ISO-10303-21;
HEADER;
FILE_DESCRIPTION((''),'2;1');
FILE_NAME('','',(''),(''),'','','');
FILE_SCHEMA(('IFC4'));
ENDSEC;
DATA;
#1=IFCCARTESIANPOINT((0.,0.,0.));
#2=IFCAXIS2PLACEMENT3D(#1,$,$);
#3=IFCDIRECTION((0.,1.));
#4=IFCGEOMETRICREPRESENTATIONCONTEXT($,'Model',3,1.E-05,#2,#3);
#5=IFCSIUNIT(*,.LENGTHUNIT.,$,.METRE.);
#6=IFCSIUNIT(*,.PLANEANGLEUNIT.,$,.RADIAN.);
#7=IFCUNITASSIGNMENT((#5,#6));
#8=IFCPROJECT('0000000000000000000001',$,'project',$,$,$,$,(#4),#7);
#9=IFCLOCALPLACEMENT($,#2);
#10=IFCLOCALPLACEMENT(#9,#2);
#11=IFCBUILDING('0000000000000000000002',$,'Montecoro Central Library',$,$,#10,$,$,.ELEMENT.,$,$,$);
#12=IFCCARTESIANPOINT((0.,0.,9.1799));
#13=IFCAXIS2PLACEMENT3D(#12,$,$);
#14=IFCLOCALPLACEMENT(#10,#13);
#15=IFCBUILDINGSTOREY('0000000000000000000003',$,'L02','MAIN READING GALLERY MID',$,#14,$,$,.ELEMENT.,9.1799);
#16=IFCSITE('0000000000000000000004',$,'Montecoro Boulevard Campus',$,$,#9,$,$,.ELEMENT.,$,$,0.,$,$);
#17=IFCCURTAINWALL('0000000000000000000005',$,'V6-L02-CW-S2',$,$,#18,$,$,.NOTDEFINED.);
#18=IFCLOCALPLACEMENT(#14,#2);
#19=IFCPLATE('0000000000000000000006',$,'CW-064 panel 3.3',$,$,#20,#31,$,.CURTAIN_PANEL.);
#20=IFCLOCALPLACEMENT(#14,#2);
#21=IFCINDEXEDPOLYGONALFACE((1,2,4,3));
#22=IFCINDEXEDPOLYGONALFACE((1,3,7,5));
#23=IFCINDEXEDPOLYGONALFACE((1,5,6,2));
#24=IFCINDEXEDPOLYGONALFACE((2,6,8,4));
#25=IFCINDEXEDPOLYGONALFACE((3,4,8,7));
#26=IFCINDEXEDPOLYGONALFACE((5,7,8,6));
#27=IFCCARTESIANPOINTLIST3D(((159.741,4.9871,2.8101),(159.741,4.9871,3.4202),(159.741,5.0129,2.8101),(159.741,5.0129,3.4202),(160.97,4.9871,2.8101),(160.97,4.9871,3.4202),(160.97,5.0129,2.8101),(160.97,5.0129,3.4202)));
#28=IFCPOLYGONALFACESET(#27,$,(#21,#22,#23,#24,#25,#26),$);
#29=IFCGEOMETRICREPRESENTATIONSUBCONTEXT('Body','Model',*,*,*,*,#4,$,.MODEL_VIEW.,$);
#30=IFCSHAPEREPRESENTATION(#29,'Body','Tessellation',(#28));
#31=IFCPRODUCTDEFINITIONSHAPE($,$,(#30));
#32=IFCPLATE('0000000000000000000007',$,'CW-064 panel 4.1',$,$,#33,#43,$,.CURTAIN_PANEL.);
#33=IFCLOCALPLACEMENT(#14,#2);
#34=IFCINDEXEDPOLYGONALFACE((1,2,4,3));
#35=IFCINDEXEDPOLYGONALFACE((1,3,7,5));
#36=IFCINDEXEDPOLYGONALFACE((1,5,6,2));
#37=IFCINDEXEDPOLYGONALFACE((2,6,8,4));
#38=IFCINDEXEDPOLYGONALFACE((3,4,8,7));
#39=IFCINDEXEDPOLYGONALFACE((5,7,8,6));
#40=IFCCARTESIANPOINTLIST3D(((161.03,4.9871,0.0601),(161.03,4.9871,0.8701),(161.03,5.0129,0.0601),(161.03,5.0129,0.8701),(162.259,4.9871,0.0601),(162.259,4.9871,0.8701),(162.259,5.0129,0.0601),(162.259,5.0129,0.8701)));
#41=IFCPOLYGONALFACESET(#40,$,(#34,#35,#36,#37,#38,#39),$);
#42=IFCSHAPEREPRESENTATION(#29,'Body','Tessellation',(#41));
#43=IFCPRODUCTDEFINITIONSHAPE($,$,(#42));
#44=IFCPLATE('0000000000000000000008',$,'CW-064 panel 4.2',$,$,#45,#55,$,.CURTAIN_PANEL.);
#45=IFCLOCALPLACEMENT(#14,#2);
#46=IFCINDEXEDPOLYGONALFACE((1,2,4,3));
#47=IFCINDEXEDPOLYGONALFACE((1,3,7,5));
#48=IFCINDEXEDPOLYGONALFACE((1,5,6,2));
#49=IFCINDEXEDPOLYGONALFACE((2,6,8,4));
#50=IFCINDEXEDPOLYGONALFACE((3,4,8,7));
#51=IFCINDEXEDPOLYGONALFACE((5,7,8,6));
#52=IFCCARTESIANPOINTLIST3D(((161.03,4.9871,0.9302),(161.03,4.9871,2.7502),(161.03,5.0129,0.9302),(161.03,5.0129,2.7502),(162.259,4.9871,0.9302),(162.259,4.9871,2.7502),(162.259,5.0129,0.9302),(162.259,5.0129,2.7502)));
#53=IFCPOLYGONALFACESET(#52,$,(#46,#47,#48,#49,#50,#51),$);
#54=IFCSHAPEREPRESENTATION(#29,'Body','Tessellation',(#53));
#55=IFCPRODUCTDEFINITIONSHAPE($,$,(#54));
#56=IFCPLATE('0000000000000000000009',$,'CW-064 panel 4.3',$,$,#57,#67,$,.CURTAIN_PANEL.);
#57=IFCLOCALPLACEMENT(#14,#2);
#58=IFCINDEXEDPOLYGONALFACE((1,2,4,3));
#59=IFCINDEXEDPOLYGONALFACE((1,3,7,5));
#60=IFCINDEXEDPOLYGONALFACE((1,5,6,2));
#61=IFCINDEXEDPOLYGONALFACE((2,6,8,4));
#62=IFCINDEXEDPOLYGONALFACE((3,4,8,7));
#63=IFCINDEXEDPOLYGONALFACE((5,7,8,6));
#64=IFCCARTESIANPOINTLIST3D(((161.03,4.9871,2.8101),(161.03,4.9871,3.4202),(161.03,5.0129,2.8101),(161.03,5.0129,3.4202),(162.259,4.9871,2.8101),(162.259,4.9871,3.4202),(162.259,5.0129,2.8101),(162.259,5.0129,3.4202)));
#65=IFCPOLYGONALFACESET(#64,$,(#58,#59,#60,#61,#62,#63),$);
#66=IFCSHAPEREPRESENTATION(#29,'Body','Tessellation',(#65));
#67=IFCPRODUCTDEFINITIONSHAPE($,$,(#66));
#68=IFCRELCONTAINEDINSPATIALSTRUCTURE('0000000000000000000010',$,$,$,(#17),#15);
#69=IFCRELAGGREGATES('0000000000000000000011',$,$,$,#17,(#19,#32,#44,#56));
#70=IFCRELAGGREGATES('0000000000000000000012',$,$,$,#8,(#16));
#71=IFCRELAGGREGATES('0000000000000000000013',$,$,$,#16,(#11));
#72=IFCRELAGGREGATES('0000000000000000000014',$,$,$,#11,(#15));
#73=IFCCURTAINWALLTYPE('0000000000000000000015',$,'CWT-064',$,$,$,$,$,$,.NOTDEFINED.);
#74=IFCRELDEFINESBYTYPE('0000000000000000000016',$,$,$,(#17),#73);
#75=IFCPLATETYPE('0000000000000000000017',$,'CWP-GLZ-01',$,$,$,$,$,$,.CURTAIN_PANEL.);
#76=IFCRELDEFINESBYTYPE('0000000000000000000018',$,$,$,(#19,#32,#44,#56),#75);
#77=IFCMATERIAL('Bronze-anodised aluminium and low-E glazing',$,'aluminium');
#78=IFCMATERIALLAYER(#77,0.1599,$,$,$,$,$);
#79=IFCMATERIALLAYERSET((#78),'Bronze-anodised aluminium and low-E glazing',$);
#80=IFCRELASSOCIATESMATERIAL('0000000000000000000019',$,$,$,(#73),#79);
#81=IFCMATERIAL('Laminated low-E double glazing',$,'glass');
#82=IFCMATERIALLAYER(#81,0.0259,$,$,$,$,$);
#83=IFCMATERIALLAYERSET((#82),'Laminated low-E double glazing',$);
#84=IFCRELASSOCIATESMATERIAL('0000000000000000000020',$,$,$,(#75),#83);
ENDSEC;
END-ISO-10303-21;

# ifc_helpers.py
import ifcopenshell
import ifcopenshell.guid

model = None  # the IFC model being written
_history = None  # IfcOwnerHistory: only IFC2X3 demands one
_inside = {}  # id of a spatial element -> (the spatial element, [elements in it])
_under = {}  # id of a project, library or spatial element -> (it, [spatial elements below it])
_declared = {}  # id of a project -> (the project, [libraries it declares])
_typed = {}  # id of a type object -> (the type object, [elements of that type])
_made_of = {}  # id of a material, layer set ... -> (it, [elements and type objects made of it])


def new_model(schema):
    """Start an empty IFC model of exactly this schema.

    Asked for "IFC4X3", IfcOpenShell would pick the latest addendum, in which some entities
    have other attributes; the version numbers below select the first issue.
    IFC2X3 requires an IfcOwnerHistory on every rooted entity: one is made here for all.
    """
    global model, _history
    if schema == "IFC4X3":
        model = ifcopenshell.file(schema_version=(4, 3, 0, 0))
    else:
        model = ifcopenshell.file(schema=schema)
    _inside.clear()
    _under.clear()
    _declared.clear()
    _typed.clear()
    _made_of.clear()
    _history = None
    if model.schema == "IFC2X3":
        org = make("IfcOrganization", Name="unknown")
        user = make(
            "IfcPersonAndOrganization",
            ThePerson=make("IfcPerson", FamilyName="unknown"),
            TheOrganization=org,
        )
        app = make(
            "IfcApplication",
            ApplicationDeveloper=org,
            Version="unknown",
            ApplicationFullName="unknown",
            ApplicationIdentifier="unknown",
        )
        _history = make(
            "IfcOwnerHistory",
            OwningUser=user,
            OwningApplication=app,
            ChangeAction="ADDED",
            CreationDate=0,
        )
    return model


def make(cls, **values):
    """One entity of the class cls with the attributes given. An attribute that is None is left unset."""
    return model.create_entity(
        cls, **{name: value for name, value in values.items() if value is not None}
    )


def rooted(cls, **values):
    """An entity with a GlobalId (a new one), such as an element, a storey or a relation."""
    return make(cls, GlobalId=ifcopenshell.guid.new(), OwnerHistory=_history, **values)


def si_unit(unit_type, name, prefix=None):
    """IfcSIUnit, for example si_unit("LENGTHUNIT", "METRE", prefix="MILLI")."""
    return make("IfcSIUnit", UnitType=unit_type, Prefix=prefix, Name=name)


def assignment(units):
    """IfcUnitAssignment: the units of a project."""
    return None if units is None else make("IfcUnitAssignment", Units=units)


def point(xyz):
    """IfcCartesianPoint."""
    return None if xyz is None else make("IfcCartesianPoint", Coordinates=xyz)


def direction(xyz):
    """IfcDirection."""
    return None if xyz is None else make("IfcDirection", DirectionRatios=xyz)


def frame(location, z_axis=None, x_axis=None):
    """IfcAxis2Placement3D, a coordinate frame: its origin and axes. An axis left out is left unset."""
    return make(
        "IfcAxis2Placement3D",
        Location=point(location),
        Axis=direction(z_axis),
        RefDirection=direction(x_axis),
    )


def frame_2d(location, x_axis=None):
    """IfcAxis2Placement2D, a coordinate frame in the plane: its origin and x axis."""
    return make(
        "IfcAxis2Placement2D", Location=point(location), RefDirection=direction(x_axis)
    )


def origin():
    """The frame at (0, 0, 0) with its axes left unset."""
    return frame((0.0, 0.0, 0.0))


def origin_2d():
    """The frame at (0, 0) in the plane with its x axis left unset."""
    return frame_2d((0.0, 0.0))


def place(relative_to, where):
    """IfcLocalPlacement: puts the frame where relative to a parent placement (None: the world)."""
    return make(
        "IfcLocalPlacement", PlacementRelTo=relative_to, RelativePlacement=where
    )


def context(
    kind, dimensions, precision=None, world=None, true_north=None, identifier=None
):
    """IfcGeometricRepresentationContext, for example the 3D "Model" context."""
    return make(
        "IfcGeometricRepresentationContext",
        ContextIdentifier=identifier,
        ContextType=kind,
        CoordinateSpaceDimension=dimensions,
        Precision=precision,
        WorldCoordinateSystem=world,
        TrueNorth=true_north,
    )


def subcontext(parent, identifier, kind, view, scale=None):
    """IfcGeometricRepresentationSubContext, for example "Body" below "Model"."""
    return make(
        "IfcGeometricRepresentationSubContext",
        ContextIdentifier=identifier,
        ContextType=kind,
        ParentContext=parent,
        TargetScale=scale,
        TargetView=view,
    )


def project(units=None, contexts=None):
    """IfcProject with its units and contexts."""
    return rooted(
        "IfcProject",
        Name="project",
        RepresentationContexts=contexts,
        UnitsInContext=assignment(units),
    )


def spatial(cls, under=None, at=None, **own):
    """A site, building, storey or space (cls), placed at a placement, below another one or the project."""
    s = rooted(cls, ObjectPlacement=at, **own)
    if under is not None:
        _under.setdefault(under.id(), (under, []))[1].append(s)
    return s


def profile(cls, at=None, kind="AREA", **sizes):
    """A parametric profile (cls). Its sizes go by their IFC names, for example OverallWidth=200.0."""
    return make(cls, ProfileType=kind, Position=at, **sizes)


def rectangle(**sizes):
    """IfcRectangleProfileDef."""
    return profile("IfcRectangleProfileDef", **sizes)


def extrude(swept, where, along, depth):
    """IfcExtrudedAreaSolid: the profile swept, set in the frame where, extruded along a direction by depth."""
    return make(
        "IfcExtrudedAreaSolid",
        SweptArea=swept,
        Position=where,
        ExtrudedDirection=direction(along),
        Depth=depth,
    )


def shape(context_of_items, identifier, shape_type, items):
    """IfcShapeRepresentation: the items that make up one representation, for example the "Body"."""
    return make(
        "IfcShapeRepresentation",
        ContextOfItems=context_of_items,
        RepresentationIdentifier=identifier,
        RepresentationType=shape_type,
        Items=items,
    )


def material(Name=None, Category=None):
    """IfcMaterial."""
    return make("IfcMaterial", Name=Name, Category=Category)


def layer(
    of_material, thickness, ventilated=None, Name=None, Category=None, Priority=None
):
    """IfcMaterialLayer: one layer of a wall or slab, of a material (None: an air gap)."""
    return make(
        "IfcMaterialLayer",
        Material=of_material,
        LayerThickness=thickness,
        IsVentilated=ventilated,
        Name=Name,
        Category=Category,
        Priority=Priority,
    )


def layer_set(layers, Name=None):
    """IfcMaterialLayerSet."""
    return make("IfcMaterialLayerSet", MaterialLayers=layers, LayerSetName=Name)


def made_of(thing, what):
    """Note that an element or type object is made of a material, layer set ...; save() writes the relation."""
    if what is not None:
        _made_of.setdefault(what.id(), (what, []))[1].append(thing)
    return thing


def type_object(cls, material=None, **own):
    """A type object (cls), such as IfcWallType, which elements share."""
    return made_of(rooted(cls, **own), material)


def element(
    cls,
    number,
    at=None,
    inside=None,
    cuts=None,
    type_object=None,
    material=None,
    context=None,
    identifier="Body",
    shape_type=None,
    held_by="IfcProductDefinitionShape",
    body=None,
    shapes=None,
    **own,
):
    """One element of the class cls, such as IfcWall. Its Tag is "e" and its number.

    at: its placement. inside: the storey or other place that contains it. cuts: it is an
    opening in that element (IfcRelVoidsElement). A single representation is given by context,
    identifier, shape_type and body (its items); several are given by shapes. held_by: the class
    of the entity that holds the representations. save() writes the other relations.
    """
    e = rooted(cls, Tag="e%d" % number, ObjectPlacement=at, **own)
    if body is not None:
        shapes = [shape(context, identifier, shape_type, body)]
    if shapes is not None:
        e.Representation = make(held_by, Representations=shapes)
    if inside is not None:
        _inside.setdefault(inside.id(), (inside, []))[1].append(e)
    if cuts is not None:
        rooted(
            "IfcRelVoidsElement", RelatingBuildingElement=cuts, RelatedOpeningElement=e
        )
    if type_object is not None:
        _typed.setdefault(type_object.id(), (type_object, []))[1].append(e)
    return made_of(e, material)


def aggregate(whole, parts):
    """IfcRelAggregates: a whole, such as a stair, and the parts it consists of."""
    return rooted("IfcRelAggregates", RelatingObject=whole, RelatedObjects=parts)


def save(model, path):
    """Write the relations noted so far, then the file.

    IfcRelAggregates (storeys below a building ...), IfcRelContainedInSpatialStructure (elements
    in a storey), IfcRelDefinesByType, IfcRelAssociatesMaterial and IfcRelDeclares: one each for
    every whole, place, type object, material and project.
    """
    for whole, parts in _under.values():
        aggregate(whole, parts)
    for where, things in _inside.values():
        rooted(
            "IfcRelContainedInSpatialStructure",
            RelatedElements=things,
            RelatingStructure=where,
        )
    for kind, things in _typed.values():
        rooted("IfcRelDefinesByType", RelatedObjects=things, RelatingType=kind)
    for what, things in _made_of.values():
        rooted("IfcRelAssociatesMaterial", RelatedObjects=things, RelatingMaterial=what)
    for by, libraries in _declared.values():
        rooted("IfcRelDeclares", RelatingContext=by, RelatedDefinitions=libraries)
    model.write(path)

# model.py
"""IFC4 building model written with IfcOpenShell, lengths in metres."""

from ifc_helpers import new_model, si_unit, direction, frame, origin, origin_2d, place, context, subcontext, project, spatial, rectangle, extrude, material, layer, layer_set, type_object, element, aggregate, save


model = new_model("IFC4")

# Units and contexts
model_context = context("Model", 3, precision=1e-05, world=origin(), true_north=direction((0.0, 1.0)))
body_context = subcontext(model_context, "Body", "Model", "MODEL_VIEW")
ifc_project = project(units=[si_unit("LENGTHUNIT", "METRE"), si_unit("PLANEANGLEUNIT", "RADIAN")], contexts=[model_context])

# Site, building, storey
site_placement = place(None, origin())
site = spatial("IfcSite", under=ifc_project, at=site_placement, Name="Montecoro Boulevard Campus", CompositionType="ELEMENT", RefElevation=0.0)
building_placement = place(site_placement, origin())
building = spatial("IfcBuilding", under=site, at=building_placement, Name="Montecoro Central Library", CompositionType="ELEMENT")
storey_placement = place(building_placement, frame((0.0, 0.0, 9.1799)))
storey = spatial("IfcBuildingStorey", under=building, at=storey_placement, Name="L02", Description="MAIN READING GALLERY MID", CompositionType="ELEMENT", Elevation=9.1799)

# Curtain wall, plates
ifc_material_1 = material(Name="Bronze-anodised aluminium and low-E glazing", Category="aluminium")
ifc_layer_1 = layer(ifc_material_1, 0.1599)
ifc_layer_set_1 = layer_set([ifc_layer_1], Name="Bronze-anodised aluminium and low-E glazing")
curtain_wall_type = type_object("IfcCurtainWallType", Name="CWT-064", PredefinedType="NOTDEFINED", material=ifc_layer_set_1)
curtain_wall_placement = place(storey_placement, origin())
curtain_wall = element("IfcCurtainWall", 1, at=curtain_wall_placement, inside=storey, type_object=curtain_wall_type, Name="V6-L02-CW-S2", PredefinedType="NOTDEFINED")
ifc_material_2 = material(Name="Laminated low-E double glazing", Category="glass")
ifc_layer_2 = layer(ifc_material_2, 0.0259)
ifc_layer_set_2 = layer_set([ifc_layer_2], Name="Laminated low-E double glazing")
plate_type = type_object("IfcPlateType", Name="CWP-GLZ-01", PredefinedType="CURTAIN_PANEL", material=ifc_layer_set_2)
plate_1_placement = place(storey_placement, frame((160.3555, 5.0, 2.8101), z_axis=(0.0, 0.0, 1.0), x_axis=(1.0, 0.0, 0.0)))
plate_1 = element("IfcPlate", 2, at=plate_1_placement, type_object=plate_type, Name="CW-064 panel 3.3", PredefinedType="CURTAIN_PANEL", context=body_context, shape_type="SweptSolid", body=[
    extrude(rectangle(XDim=1.229, YDim=0.0259, at=origin_2d()), origin(), (0.0, 0.0, 1.0), 0.6101),
])
plate_2_placement = place(storey_placement, frame((161.6445, 5.0, 0.0601), z_axis=(0.0, 0.0, 1.0), x_axis=(1.0, 0.0, 0.0)))
plate_2 = element("IfcPlate", 3, at=plate_2_placement, type_object=plate_type, Name="CW-064 panel 4.1", PredefinedType="CURTAIN_PANEL", context=body_context, shape_type="SweptSolid", body=[
    extrude(rectangle(XDim=1.229, YDim=0.0259, at=origin_2d()), origin(), (0.0, 0.0, 1.0), 0.8101),
])
plate_3_placement = place(storey_placement, frame((161.6445, 5.0, 0.9302), z_axis=(0.0, 0.0, 1.0), x_axis=(1.0, 0.0, 0.0)))
plate_3 = element("IfcPlate", 4, at=plate_3_placement, type_object=plate_type, Name="CW-064 panel 4.2", PredefinedType="CURTAIN_PANEL", context=body_context, shape_type="SweptSolid", body=[
    extrude(rectangle(XDim=1.229, YDim=0.0259, at=origin_2d()), origin(), (0.0, 0.0, 1.0), 1.8201),
])
plate_4_placement = place(storey_placement, frame((161.6445, 5.0, 2.8101), z_axis=(0.0, 0.0, 1.0), x_axis=(1.0, 0.0, 0.0)))
plate_4 = element("IfcPlate", 5, at=plate_4_placement, type_object=plate_type, Name="CW-064 panel 4.3", PredefinedType="CURTAIN_PANEL", context=body_context, shape_type="SweptSolid", body=[
    extrude(rectangle(XDim=1.229, YDim=0.0259, at=origin_2d()), origin(), (0.0, 0.0, 1.0), 0.6101),
])
aggregate(curtain_wall, [plate_1, plate_2, plate_3, plate_4])

save(model, "model.ifc")
